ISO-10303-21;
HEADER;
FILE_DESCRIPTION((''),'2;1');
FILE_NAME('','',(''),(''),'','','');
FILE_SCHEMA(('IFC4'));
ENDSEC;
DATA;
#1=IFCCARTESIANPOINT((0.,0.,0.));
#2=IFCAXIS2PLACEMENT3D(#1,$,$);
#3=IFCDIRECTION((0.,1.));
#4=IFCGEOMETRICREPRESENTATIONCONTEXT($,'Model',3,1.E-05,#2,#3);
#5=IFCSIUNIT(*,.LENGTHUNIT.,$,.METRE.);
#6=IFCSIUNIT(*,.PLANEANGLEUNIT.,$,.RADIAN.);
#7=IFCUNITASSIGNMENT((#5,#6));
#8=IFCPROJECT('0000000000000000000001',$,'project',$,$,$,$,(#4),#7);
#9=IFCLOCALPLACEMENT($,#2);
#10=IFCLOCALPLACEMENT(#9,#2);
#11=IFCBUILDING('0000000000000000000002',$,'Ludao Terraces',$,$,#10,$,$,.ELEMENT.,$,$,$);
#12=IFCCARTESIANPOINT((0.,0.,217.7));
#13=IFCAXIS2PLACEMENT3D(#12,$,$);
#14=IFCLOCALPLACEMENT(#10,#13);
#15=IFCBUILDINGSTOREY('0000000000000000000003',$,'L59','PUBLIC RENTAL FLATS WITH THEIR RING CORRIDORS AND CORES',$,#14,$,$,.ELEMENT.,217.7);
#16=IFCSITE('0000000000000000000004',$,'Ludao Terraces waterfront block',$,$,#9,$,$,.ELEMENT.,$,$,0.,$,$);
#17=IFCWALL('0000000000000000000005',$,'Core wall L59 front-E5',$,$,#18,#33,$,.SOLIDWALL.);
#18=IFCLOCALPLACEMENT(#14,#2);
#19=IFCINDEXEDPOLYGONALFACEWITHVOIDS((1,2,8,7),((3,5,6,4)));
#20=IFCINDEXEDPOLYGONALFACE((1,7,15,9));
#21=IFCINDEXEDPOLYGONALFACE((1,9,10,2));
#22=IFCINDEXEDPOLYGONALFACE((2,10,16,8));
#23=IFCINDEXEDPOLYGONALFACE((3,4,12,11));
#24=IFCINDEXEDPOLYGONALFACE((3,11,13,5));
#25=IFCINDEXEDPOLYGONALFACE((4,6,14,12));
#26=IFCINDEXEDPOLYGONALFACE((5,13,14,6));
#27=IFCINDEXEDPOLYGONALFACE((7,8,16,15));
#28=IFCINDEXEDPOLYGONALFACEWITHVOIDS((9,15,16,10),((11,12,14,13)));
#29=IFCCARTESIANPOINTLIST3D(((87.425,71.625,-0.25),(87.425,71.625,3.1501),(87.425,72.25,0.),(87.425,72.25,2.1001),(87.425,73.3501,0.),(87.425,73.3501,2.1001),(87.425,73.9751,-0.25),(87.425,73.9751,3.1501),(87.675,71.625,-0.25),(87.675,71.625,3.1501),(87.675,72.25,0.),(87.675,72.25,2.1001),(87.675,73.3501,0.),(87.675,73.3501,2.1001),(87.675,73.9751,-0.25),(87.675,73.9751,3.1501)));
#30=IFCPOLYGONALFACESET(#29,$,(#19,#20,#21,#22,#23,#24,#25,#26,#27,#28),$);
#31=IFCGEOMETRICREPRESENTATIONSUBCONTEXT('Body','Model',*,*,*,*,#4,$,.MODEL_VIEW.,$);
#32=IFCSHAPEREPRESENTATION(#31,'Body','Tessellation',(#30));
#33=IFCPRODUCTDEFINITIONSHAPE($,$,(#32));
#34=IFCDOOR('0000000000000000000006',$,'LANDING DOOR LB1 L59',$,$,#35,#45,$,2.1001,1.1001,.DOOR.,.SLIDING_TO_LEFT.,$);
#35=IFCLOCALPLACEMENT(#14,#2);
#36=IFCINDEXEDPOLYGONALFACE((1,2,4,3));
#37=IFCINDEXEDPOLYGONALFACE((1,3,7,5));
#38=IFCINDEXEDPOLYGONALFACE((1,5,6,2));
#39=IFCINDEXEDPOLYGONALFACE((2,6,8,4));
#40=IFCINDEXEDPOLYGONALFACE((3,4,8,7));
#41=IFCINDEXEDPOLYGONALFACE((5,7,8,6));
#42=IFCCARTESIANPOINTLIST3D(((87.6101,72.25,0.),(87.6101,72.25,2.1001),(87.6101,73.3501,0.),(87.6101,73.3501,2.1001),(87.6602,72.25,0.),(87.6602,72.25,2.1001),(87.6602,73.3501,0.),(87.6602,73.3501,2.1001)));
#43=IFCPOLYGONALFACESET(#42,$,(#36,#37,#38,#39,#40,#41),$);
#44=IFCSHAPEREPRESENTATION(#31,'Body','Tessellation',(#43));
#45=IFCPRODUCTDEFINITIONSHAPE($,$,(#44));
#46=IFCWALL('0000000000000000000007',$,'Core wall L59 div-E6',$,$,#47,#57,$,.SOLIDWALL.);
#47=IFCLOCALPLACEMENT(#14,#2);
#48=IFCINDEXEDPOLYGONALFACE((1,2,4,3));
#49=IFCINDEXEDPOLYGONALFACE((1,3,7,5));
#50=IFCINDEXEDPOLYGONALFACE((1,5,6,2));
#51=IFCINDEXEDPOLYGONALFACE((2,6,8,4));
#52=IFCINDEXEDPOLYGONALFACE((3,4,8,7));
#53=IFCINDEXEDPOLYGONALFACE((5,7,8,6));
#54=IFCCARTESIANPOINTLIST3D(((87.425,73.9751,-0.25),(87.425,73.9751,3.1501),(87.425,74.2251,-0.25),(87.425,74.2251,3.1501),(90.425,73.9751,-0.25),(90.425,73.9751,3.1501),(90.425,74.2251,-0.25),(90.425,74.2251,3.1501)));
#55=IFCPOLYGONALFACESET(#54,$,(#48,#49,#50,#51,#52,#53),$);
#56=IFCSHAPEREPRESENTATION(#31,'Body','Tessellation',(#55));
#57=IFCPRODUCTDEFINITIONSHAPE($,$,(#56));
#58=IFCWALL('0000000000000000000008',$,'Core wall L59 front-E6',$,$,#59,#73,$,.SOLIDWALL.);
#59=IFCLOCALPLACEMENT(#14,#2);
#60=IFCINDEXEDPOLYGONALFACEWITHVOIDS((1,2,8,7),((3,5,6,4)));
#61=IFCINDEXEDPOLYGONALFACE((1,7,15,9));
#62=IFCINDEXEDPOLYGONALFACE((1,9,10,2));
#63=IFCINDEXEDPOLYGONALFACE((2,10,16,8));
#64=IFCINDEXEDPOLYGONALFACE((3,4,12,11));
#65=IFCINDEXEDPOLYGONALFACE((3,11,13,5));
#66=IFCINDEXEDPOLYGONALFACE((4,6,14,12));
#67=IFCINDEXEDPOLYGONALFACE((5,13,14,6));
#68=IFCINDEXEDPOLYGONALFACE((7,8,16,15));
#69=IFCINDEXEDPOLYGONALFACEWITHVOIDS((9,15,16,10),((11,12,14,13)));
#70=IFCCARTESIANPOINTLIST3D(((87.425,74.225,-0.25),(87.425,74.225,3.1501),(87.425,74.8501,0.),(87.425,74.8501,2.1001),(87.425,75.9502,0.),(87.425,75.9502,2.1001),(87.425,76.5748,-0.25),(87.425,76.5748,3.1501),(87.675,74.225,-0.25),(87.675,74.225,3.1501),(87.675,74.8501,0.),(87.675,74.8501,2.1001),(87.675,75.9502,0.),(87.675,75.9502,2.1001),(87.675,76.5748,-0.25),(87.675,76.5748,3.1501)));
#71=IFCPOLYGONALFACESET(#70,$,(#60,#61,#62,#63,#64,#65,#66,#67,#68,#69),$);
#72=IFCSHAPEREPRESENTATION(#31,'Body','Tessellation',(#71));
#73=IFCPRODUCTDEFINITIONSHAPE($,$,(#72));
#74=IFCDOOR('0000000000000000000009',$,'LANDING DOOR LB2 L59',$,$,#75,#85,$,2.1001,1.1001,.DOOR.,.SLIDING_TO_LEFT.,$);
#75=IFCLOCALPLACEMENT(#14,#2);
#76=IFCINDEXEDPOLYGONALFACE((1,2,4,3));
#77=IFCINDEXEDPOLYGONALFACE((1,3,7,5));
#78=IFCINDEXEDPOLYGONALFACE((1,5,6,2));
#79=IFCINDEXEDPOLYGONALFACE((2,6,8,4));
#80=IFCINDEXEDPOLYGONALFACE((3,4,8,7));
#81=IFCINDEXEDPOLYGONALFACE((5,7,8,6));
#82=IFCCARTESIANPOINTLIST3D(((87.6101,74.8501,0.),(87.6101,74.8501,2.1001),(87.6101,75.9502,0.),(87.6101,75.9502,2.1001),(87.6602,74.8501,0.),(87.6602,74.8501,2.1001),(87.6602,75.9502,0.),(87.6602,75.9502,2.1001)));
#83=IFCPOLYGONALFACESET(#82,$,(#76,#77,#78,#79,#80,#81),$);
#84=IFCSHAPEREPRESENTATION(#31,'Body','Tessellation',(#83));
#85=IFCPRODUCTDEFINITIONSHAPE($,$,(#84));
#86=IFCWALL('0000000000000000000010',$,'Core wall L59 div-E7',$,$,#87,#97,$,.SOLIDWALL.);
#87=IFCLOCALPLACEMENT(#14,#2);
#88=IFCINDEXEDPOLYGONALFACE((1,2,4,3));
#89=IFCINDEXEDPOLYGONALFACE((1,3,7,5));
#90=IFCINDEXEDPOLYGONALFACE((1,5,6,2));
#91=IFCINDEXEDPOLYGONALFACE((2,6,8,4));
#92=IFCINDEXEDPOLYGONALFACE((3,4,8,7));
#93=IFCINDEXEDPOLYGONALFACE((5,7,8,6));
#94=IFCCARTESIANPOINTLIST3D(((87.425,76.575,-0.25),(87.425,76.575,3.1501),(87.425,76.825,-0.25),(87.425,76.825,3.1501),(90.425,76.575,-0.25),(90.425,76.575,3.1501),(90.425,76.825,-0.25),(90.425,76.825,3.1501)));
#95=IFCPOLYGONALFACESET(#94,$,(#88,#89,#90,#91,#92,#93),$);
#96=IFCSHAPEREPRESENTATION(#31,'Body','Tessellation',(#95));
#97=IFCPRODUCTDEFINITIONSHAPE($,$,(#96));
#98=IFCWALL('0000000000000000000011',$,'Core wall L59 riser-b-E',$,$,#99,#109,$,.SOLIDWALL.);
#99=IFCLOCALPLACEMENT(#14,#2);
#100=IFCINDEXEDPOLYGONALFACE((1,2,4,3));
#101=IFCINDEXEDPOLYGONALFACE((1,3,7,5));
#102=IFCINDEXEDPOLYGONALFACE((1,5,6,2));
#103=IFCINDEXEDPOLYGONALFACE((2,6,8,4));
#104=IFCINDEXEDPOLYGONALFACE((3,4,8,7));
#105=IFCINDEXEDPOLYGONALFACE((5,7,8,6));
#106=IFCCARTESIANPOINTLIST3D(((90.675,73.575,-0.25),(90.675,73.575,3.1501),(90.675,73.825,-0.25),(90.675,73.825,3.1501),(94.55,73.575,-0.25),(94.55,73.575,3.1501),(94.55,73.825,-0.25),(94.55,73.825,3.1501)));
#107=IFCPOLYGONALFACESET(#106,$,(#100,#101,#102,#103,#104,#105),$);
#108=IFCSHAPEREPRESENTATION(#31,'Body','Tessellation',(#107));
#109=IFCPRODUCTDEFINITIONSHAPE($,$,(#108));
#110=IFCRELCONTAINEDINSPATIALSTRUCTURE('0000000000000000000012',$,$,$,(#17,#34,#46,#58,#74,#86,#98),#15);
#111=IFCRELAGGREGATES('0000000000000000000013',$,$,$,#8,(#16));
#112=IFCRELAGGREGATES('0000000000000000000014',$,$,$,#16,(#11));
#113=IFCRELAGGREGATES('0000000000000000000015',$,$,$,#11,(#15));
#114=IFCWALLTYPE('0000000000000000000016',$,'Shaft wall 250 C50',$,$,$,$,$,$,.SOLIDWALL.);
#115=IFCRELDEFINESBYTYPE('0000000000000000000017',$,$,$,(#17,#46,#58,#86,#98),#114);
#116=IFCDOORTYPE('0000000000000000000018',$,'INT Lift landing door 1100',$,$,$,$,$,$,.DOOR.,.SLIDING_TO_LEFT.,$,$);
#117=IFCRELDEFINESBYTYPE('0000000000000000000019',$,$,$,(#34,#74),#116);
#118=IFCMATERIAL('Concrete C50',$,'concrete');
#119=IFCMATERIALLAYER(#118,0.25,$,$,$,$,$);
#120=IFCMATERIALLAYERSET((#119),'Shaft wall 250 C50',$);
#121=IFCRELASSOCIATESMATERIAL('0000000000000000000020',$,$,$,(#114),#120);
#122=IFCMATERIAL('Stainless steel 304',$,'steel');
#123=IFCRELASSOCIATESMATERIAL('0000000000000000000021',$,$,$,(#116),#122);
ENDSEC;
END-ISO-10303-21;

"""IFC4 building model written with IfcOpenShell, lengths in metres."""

from ifc_helpers import new_model, si_unit, direction, frame, frame_2d, origin, place, context, subcontext, project, spatial, rectangle, extrude, material, layer, layer_set, type_object, element, fill, save


model = new_model("IFC4")

# Units and contexts
model_context = context("Model", 3, precision=1e-05, world=origin(), true_north=direction((0.0, 1.0)))
body_context = subcontext(model_context, "Body", "Model", "MODEL_VIEW")
ifc_project = project(units=[si_unit("LENGTHUNIT", "METRE"), si_unit("PLANEANGLEUNIT", "RADIAN")], contexts=[model_context])

# Site, building, storey
site_placement = place(None, origin())
site = spatial("IfcSite", under=ifc_project, at=site_placement, Name="Ludao Terraces waterfront block", CompositionType="ELEMENT", RefElevation=0.0)
building_placement = place(site_placement, origin())
building = spatial("IfcBuilding", under=site, at=building_placement, Name="Ludao Terraces", CompositionType="ELEMENT")
storey_placement = place(building_placement, frame((0.0, 0.0, 217.7)))
storey = spatial("IfcBuildingStorey", under=building, at=storey_placement, Name="L59", Description="PUBLIC RENTAL FLATS WITH THEIR RING CORRIDORS AND CORES", CompositionType="ELEMENT", Elevation=217.7)

# Shared definitions
ifc_material_1 = material(Name="Concrete C50", Category="concrete")
ifc_layer_1 = layer(ifc_material_1, 0.25)
ifc_layer_set_1 = layer_set([ifc_layer_1], Name="Shaft wall 250 C50")
wall_type_1 = type_object("IfcWallType", Name="Shaft wall 250 C50", PredefinedType="SOLIDWALL", material=ifc_layer_set_1)

# Wall, opening, door
wall_1_placement = place(storey_placement, frame((87.55, 71.625, -0.25), z_axis=(0.0, 0.0, 1.0), x_axis=(0.0, 1.0, 0.0)))
wall_1 = element("IfcWall", 1, at=wall_1_placement, inside=storey, type_object=wall_type_1, Name="Core wall L59 front-E5", PredefinedType="SOLIDWALL", context=body_context, shape_type="SweptSolid", body=[
    extrude(rectangle(XDim=2.3501, YDim=0.25, at=frame_2d((1.175, 0.0))), origin(), (0.0, 0.0, 1.0), 3.4001),
])
opening_1_placement = place(wall_1_placement, frame((0.625, 0.0, 0.25)))
opening_1 = element("IfcOpeningElement", 2, at=opening_1_placement, cuts=wall_1, PredefinedType="OPENING", context=body_context, shape_type="SweptSolid", body=[
    extrude(rectangle(XDim=1.1001, YDim=2.1001, at=frame_2d((0.55, 1.05))), frame((0.0, 0.135, 0.0), z_axis=(0.0, -1.0, 0.0), x_axis=(1.0, 0.0, 0.0)), (0.0, 0.0, 1.0), 0.27),
])
ifc_material_2 = material(Name="Stainless steel 304", Category="steel")
door_type_1 = type_object("IfcDoorType", Name="INT Lift landing door 1100", OperationType="SLIDING_TO_LEFT", PredefinedType="DOOR", material=ifc_material_2)
door_1_placement = place(opening_1_placement, origin())
door_1 = element("IfcDoor", 3, at=door_1_placement, inside=storey, type_object=door_type_1, Name="LANDING DOOR LB1 L59", OperationType="SLIDING_TO_LEFT", OverallHeight=2.1001, OverallWidth=1.1001, PredefinedType="DOOR", context=body_context, shape_type="SweptSolid", body=[
    extrude(rectangle(XDim=1.1001, YDim=2.1001, at=frame_2d((0.55, 1.05))), frame((0.0, -0.0601, 0.0), z_axis=(0.0, -1.0, 0.0), x_axis=(1.0, 0.0, 0.0)), (0.0, 0.0, 1.0), 0.05),
])
fill(opening_1, door_1)

# Wall
wall_2_placement = place(storey_placement, frame((87.425, 74.1001, -0.25), z_axis=(0.0, 0.0, 1.0), x_axis=(1.0, 0.0, 0.0)))
element("IfcWall", 4, at=wall_2_placement, inside=storey, type_object=wall_type_1, Name="Core wall L59 div-E6", PredefinedType="SOLIDWALL", context=body_context, shape_type="SweptSolid", body=[
    extrude(rectangle(XDim=3.0, YDim=0.25, at=frame_2d((1.5, 0.0))), origin(), (0.0, 0.0, 1.0), 3.4001),
])

# Wall, opening, door
wall_3_placement = place(storey_placement, frame((87.55, 74.2251, -0.25), z_axis=(0.0, 0.0, 1.0), x_axis=(0.0, 1.0, 0.0)))
wall_3 = element("IfcWall", 5, at=wall_3_placement, inside=storey, type_object=wall_type_1, Name="Core wall L59 front-E6", PredefinedType="SOLIDWALL", context=body_context, shape_type="SweptSolid", body=[
    extrude(rectangle(XDim=2.3499, YDim=0.25, at=frame_2d((1.1748, 0.0))), origin(), (0.0, 0.0, 1.0), 3.4001),
])
opening_2_placement = place(wall_3_placement, frame((0.625, 0.0, 0.25)))
opening_2 = element("IfcOpeningElement", 6, at=opening_2_placement, cuts=wall_3, PredefinedType="OPENING", context=body_context, shape_type="SweptSolid", body=[
    extrude(rectangle(XDim=1.1001, YDim=2.1001, at=frame_2d((0.55, 1.05))), frame((0.0, 0.135, 0.0), z_axis=(0.0, -1.0, 0.0), x_axis=(1.0, 0.0, 0.0)), (0.0, 0.0, 1.0), 0.27),
])
door_2_placement = place(opening_2_placement, origin())
door_2 = element("IfcDoor", 7, at=door_2_placement, inside=storey, type_object=door_type_1, Name="LANDING DOOR LB2 L59", OperationType="SLIDING_TO_LEFT", OverallHeight=2.1001, OverallWidth=1.1001, PredefinedType="DOOR", context=body_context, shape_type="SweptSolid", body=[
    extrude(rectangle(XDim=1.1001, YDim=2.1001, at=frame_2d((0.55, 1.05))), frame((0.0, -0.0601, 0.0), z_axis=(0.0, -1.0, 0.0), x_axis=(1.0, 0.0, 0.0)), (0.0, 0.0, 1.0), 0.05),
])
fill(opening_2, door_2)

# Walls
wall_4_placement = place(storey_placement, frame((87.425, 76.7, -0.25), z_axis=(0.0, 0.0, 1.0), x_axis=(1.0, 0.0, 0.0)))
element("IfcWall", 8, at=wall_4_placement, inside=storey, type_object=wall_type_1, Name="Core wall L59 div-E7", PredefinedType="SOLIDWALL", context=body_context, shape_type="SweptSolid", body=[
    extrude(rectangle(XDim=3.0, YDim=0.25, at=frame_2d((1.5, 0.0))), origin(), (0.0, 0.0, 1.0), 3.4001),
])
wall_5_placement = place(storey_placement, frame((90.675, 73.7, -0.25), z_axis=(0.0, 0.0, 1.0), x_axis=(1.0, 0.0, 0.0)))
element("IfcWall", 9, at=wall_5_placement, inside=storey, type_object=wall_type_1, Name="Core wall L59 riser-b-E", PredefinedType="SOLIDWALL", context=body_context, shape_type="SweptSolid", body=[
    extrude(rectangle(XDim=3.875, YDim=0.25, at=frame_2d((1.9375, 0.0))), origin(), (0.0, 0.0, 1.0), 3.4001),
])

save(model, "model.ifc")
